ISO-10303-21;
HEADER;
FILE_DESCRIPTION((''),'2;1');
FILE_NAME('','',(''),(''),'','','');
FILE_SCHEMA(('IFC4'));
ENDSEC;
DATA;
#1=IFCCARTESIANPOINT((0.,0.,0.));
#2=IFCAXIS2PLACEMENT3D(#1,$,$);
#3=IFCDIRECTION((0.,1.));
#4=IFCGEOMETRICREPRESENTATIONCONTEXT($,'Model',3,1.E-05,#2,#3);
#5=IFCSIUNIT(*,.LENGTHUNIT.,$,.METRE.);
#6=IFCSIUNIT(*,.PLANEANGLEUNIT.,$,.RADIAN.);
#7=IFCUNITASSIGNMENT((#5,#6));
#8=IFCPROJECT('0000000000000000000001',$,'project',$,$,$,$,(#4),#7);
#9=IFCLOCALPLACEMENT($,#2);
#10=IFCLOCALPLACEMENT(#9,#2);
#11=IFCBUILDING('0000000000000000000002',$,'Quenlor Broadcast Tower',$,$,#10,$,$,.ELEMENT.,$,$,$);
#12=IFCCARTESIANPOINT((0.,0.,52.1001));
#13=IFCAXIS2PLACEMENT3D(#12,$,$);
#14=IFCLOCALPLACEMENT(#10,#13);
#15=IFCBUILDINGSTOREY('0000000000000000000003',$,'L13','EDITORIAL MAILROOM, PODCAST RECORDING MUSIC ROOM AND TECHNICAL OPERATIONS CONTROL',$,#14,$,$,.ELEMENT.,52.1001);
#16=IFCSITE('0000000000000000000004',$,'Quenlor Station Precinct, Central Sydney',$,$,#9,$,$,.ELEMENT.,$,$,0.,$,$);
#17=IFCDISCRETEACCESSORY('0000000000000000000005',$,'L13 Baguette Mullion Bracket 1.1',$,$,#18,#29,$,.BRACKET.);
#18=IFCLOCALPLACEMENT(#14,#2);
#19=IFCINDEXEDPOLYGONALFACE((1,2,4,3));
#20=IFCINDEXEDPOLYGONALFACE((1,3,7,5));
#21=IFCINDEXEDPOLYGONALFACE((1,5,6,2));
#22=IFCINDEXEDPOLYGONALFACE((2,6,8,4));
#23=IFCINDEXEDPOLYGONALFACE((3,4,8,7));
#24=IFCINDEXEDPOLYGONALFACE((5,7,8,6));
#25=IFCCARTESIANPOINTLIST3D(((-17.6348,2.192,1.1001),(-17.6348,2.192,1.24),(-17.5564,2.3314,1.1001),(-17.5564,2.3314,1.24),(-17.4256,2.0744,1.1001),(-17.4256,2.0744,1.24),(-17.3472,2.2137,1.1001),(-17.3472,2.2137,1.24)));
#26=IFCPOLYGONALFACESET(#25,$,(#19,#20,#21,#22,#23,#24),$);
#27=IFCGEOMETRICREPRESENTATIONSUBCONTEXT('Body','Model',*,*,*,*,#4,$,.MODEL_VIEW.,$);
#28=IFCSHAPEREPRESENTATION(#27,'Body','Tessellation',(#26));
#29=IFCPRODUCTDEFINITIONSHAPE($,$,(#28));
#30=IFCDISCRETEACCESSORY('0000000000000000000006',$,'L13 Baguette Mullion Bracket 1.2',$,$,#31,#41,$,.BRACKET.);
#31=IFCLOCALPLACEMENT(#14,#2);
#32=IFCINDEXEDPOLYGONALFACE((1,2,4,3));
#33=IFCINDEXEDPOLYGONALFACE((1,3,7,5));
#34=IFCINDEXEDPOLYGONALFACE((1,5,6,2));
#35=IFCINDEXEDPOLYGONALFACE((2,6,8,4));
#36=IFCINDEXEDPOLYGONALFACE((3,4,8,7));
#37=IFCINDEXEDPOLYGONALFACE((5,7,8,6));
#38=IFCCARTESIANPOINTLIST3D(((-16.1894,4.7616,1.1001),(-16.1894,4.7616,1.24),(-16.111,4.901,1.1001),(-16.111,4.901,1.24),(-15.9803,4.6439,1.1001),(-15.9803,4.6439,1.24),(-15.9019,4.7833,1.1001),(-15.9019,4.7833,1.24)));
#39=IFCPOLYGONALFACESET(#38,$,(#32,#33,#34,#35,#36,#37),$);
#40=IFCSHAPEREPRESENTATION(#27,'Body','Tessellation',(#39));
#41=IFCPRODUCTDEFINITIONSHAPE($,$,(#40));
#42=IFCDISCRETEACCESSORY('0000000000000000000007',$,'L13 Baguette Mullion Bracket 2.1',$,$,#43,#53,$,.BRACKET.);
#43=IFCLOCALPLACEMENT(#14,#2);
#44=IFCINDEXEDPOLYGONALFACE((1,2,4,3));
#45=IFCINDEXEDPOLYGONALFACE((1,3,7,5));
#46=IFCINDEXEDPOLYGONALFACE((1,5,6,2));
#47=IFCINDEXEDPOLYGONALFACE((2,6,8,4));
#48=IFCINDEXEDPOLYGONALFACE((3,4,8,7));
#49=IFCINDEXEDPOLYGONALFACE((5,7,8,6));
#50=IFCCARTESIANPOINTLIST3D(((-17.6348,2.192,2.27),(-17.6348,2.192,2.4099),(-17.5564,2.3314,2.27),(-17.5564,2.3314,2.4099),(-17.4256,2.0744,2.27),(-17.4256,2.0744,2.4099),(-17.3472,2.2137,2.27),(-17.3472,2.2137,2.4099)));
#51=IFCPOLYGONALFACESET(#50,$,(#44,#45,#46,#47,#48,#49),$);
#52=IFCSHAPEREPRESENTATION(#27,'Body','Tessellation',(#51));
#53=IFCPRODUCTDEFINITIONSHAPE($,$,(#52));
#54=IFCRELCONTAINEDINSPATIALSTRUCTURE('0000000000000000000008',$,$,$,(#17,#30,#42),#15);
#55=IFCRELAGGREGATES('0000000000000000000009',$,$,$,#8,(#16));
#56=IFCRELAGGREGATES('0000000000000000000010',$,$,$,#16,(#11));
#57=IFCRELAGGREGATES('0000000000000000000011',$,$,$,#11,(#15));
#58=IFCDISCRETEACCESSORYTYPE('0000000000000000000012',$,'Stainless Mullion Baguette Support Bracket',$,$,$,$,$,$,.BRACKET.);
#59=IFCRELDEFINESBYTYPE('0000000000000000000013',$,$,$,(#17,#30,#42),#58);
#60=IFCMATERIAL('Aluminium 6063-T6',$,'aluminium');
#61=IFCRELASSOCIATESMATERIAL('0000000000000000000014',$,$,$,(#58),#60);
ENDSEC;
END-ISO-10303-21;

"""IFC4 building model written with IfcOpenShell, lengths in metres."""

from ifc_helpers import new_model, si_unit, direction, frame, origin, origin_2d, place, context, subcontext, project, spatial, rectangle, extrude, material, type_object, element, save


model = new_model("IFC4")

# Units and contexts
model_context = context("Model", 3, precision=1e-05, world=origin(), true_north=direction((0.0, 1.0)))
body_context = subcontext(model_context, "Body", "Model", "MODEL_VIEW")
ifc_project = project(units=[si_unit("LENGTHUNIT", "METRE"), si_unit("PLANEANGLEUNIT", "RADIAN")], contexts=[model_context])

# Site, building, storey
site_placement = place(None, origin())
site = spatial("IfcSite", under=ifc_project, at=site_placement, Name="Quenlor Station Precinct, Central Sydney", CompositionType="ELEMENT", RefElevation=0.0)
building_placement = place(site_placement, origin())
building = spatial("IfcBuilding", under=site, at=building_placement, Name="Quenlor Broadcast Tower", CompositionType="ELEMENT")
storey_placement = place(building_placement, frame((0.0, 0.0, 52.1001)))
storey = spatial("IfcBuildingStorey", under=building, at=storey_placement, Name="L13", Description="EDITORIAL MAILROOM, PODCAST RECORDING MUSIC ROOM AND TECHNICAL OPERATIONS CONTROL", CompositionType="ELEMENT", Elevation=52.1001)

# Discrete accessories
ifc_material_1 = material(Name="Aluminium 6063-T6", Category="aluminium")
discrete_accessory_type = type_object("IfcDiscreteAccessoryType", Name="Stainless Mullion Baguette Support Bracket", PredefinedType="BRACKET", material=ifc_material_1)
for number, where, z_axis, x_axis, name in (
    (1, (-17.491, 2.2029, 1.1001), (0.0, 0.0, 1.0), (0.490274, 0.871568, 0.0), "L13 Baguette Mullion Bracket 1.1"),
    (2, (-16.0457, 4.7725, 1.1001), (0.0, 0.0, 1.0), (0.490274, 0.871568, 0.0), "L13 Baguette Mullion Bracket 1.2"),
    (3, (-17.491, 2.2029, 2.27), (0.0, 0.0, 1.0), (0.490274, 0.871568, 0.0), "L13 Baguette Mullion Bracket 2.1"),
):
    element("IfcDiscreteAccessory", number, at=place(storey_placement, frame(where, z_axis=z_axis, x_axis=x_axis)), inside=storey, type_object=discrete_accessory_type, Name=name, PredefinedType="BRACKET", context=body_context, shape_type="SweptSolid", body=[
        extrude(rectangle(XDim=0.1599, YDim=0.24, at=origin_2d()), origin(), (0.0, 0.0, 1.0), 0.1399),
    ])

save(model, "model.ifc")
